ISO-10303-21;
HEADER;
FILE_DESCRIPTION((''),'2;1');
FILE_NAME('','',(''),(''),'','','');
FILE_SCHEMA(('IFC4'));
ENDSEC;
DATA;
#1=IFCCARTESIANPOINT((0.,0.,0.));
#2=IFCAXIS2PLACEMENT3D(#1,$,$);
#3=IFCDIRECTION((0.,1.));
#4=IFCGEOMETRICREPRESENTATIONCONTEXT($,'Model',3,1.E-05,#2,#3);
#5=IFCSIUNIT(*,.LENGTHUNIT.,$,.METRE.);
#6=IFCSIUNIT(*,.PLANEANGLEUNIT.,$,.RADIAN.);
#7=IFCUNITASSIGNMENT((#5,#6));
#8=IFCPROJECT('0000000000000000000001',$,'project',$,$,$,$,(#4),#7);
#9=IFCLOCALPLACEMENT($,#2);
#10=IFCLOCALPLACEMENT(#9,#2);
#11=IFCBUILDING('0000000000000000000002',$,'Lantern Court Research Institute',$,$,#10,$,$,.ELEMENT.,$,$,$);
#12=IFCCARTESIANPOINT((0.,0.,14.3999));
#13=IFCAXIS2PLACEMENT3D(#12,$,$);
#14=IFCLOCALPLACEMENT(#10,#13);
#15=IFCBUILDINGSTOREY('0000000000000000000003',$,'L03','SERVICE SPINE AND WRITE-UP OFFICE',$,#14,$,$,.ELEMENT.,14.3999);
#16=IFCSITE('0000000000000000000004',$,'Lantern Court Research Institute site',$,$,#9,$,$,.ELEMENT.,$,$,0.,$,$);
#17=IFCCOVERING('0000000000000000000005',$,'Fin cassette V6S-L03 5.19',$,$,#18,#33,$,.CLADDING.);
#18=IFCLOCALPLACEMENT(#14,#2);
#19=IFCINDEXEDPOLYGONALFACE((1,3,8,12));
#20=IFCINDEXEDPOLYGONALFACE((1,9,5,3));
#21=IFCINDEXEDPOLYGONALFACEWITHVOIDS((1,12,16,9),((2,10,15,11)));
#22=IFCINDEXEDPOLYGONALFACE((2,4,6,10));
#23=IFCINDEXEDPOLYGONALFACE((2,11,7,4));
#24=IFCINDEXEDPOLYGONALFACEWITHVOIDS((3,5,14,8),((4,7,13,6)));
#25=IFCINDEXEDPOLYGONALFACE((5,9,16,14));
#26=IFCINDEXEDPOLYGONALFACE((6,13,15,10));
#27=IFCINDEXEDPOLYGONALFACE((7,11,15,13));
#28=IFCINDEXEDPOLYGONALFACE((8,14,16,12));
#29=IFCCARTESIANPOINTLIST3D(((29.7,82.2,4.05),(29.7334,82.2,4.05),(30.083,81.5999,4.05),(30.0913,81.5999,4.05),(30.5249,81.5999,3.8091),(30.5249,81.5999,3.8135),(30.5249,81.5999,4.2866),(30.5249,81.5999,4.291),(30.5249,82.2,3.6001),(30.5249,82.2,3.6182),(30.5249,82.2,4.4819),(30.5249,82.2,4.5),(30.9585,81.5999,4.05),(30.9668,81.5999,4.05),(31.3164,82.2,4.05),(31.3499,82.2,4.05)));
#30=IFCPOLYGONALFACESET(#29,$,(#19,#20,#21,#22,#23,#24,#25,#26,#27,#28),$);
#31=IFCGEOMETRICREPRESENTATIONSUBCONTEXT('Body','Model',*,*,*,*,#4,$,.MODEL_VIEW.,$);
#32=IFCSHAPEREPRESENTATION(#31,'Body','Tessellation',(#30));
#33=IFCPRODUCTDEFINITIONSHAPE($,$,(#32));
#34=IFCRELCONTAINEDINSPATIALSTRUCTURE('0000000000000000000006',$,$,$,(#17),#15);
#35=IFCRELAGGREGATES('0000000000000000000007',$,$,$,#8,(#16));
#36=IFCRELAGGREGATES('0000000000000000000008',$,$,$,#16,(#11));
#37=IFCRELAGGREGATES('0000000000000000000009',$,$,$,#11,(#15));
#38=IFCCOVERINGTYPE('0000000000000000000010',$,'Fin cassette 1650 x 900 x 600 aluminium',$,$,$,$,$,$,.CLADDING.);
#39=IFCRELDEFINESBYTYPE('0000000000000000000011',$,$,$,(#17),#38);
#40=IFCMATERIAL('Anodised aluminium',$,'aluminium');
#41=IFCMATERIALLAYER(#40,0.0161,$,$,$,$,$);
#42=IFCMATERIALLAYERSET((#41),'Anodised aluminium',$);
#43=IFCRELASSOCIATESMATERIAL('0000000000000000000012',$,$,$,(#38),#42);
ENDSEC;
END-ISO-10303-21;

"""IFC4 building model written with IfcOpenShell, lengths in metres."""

from ifc_helpers import new_model, entity, si_unit, direction, frame, origin, place, context, subcontext, project, spatial, material, layer, layer_set, type_object, element, save


model = new_model("IFC4")

# Units and contexts
model_context = context("Model", 3, precision=1e-05, world=origin(), true_north=direction((0.0, 1.0)))
body_context = subcontext(model_context, "Body", "Model", "MODEL_VIEW")
ifc_project = project(units=[si_unit("LENGTHUNIT", "METRE"), si_unit("PLANEANGLEUNIT", "RADIAN")], contexts=[model_context])

# Site, building, storey
site_placement = place(None, origin())
site = spatial("IfcSite", under=ifc_project, at=site_placement, Name="Lantern Court Research Institute site", CompositionType="ELEMENT", RefElevation=0.0)
building_placement = place(site_placement, origin())
building = spatial("IfcBuilding", under=site, at=building_placement, Name="Lantern Court Research Institute", CompositionType="ELEMENT")
storey_placement = place(building_placement, frame((0.0, 0.0, 14.3999)))
storey = spatial("IfcBuildingStorey", under=building, at=storey_placement, Name="L03", Description="SERVICE SPINE AND WRITE-UP OFFICE", CompositionType="ELEMENT", Elevation=14.3999)

# Covering
ifc_material_1 = material(Name="Anodised aluminium", Category="aluminium")
ifc_layer_1 = layer(ifc_material_1, 0.0161)
ifc_layer_set_1 = layer_set([ifc_layer_1], Name="Anodised aluminium")
covering_type_1 = type_object("IfcCoveringType", Name="Fin cassette 1650 x 900 x 600 aluminium", PredefinedType="CLADDING", material=ifc_layer_set_1)
covering_1_placement = place(storey_placement, frame((30.5249, 82.2, 4.05), z_axis=(0.0, -1.0, 0.0), x_axis=(1.0, 0.0, 0.0)))
cartesian_point_1 = entity("IfcCartesianPoint", [0.825, 0.0])
cartesian_point_2 = entity("IfcCartesianPoint", [0.7915, 0.0])
cartesian_point_3 = entity("IfcCartesianPoint", [0.4419, 0.0])
cartesian_point_4 = entity("IfcCartesianPoint", [0.4336, 0.0])
element("IfcCovering", 1, at=covering_1_placement, inside=storey, type_object=covering_type_1, Name="Fin cassette V6S-L03 5.19", PredefinedType="CLADDING", context=body_context, shape_type="SweptSolid", body=[
    entity("IfcExtrudedAreaSolidTapered", entity("IfcArbitraryProfileDefWithVoids", "AREA", None, entity("IfcPolyline", [cartesian_point_1, entity("IfcCartesianPoint", [0.0, 0.45]), entity("IfcCartesianPoint", [-0.825, 0.0]), entity("IfcCartesianPoint", [0.0, -0.45]), cartesian_point_1]), [entity("IfcPolyline", [cartesian_point_2, entity("IfcCartesianPoint", [0.0, 0.4319]), entity("IfcCartesianPoint", [-0.7915, 0.0]), entity("IfcCartesianPoint", [0.0, -0.4319]), cartesian_point_2])]), entity("IfcAxis2Placement3D", entity("IfcCartesianPoint", [0.0, 0.0, 0.0])), entity("IfcDirection", [0.0, 0.0, 1.0]), 0.6001, entity("IfcArbitraryProfileDefWithVoids", "AREA", None, entity("IfcPolyline", [cartesian_point_3, entity("IfcCartesianPoint", [0.0, 0.241]), entity("IfcCartesianPoint", [-0.4419, 0.0]), entity("IfcCartesianPoint", [0.0, -0.241]), cartesian_point_3]), [entity("IfcPolyline", [cartesian_point_4, entity("IfcCartesianPoint", [0.0, 0.2366]), entity("IfcCartesianPoint", [-0.4336, 0.0]), entity("IfcCartesianPoint", [0.0, -0.2366]), cartesian_point_4])])),
])

save(model, "model.ifc")
